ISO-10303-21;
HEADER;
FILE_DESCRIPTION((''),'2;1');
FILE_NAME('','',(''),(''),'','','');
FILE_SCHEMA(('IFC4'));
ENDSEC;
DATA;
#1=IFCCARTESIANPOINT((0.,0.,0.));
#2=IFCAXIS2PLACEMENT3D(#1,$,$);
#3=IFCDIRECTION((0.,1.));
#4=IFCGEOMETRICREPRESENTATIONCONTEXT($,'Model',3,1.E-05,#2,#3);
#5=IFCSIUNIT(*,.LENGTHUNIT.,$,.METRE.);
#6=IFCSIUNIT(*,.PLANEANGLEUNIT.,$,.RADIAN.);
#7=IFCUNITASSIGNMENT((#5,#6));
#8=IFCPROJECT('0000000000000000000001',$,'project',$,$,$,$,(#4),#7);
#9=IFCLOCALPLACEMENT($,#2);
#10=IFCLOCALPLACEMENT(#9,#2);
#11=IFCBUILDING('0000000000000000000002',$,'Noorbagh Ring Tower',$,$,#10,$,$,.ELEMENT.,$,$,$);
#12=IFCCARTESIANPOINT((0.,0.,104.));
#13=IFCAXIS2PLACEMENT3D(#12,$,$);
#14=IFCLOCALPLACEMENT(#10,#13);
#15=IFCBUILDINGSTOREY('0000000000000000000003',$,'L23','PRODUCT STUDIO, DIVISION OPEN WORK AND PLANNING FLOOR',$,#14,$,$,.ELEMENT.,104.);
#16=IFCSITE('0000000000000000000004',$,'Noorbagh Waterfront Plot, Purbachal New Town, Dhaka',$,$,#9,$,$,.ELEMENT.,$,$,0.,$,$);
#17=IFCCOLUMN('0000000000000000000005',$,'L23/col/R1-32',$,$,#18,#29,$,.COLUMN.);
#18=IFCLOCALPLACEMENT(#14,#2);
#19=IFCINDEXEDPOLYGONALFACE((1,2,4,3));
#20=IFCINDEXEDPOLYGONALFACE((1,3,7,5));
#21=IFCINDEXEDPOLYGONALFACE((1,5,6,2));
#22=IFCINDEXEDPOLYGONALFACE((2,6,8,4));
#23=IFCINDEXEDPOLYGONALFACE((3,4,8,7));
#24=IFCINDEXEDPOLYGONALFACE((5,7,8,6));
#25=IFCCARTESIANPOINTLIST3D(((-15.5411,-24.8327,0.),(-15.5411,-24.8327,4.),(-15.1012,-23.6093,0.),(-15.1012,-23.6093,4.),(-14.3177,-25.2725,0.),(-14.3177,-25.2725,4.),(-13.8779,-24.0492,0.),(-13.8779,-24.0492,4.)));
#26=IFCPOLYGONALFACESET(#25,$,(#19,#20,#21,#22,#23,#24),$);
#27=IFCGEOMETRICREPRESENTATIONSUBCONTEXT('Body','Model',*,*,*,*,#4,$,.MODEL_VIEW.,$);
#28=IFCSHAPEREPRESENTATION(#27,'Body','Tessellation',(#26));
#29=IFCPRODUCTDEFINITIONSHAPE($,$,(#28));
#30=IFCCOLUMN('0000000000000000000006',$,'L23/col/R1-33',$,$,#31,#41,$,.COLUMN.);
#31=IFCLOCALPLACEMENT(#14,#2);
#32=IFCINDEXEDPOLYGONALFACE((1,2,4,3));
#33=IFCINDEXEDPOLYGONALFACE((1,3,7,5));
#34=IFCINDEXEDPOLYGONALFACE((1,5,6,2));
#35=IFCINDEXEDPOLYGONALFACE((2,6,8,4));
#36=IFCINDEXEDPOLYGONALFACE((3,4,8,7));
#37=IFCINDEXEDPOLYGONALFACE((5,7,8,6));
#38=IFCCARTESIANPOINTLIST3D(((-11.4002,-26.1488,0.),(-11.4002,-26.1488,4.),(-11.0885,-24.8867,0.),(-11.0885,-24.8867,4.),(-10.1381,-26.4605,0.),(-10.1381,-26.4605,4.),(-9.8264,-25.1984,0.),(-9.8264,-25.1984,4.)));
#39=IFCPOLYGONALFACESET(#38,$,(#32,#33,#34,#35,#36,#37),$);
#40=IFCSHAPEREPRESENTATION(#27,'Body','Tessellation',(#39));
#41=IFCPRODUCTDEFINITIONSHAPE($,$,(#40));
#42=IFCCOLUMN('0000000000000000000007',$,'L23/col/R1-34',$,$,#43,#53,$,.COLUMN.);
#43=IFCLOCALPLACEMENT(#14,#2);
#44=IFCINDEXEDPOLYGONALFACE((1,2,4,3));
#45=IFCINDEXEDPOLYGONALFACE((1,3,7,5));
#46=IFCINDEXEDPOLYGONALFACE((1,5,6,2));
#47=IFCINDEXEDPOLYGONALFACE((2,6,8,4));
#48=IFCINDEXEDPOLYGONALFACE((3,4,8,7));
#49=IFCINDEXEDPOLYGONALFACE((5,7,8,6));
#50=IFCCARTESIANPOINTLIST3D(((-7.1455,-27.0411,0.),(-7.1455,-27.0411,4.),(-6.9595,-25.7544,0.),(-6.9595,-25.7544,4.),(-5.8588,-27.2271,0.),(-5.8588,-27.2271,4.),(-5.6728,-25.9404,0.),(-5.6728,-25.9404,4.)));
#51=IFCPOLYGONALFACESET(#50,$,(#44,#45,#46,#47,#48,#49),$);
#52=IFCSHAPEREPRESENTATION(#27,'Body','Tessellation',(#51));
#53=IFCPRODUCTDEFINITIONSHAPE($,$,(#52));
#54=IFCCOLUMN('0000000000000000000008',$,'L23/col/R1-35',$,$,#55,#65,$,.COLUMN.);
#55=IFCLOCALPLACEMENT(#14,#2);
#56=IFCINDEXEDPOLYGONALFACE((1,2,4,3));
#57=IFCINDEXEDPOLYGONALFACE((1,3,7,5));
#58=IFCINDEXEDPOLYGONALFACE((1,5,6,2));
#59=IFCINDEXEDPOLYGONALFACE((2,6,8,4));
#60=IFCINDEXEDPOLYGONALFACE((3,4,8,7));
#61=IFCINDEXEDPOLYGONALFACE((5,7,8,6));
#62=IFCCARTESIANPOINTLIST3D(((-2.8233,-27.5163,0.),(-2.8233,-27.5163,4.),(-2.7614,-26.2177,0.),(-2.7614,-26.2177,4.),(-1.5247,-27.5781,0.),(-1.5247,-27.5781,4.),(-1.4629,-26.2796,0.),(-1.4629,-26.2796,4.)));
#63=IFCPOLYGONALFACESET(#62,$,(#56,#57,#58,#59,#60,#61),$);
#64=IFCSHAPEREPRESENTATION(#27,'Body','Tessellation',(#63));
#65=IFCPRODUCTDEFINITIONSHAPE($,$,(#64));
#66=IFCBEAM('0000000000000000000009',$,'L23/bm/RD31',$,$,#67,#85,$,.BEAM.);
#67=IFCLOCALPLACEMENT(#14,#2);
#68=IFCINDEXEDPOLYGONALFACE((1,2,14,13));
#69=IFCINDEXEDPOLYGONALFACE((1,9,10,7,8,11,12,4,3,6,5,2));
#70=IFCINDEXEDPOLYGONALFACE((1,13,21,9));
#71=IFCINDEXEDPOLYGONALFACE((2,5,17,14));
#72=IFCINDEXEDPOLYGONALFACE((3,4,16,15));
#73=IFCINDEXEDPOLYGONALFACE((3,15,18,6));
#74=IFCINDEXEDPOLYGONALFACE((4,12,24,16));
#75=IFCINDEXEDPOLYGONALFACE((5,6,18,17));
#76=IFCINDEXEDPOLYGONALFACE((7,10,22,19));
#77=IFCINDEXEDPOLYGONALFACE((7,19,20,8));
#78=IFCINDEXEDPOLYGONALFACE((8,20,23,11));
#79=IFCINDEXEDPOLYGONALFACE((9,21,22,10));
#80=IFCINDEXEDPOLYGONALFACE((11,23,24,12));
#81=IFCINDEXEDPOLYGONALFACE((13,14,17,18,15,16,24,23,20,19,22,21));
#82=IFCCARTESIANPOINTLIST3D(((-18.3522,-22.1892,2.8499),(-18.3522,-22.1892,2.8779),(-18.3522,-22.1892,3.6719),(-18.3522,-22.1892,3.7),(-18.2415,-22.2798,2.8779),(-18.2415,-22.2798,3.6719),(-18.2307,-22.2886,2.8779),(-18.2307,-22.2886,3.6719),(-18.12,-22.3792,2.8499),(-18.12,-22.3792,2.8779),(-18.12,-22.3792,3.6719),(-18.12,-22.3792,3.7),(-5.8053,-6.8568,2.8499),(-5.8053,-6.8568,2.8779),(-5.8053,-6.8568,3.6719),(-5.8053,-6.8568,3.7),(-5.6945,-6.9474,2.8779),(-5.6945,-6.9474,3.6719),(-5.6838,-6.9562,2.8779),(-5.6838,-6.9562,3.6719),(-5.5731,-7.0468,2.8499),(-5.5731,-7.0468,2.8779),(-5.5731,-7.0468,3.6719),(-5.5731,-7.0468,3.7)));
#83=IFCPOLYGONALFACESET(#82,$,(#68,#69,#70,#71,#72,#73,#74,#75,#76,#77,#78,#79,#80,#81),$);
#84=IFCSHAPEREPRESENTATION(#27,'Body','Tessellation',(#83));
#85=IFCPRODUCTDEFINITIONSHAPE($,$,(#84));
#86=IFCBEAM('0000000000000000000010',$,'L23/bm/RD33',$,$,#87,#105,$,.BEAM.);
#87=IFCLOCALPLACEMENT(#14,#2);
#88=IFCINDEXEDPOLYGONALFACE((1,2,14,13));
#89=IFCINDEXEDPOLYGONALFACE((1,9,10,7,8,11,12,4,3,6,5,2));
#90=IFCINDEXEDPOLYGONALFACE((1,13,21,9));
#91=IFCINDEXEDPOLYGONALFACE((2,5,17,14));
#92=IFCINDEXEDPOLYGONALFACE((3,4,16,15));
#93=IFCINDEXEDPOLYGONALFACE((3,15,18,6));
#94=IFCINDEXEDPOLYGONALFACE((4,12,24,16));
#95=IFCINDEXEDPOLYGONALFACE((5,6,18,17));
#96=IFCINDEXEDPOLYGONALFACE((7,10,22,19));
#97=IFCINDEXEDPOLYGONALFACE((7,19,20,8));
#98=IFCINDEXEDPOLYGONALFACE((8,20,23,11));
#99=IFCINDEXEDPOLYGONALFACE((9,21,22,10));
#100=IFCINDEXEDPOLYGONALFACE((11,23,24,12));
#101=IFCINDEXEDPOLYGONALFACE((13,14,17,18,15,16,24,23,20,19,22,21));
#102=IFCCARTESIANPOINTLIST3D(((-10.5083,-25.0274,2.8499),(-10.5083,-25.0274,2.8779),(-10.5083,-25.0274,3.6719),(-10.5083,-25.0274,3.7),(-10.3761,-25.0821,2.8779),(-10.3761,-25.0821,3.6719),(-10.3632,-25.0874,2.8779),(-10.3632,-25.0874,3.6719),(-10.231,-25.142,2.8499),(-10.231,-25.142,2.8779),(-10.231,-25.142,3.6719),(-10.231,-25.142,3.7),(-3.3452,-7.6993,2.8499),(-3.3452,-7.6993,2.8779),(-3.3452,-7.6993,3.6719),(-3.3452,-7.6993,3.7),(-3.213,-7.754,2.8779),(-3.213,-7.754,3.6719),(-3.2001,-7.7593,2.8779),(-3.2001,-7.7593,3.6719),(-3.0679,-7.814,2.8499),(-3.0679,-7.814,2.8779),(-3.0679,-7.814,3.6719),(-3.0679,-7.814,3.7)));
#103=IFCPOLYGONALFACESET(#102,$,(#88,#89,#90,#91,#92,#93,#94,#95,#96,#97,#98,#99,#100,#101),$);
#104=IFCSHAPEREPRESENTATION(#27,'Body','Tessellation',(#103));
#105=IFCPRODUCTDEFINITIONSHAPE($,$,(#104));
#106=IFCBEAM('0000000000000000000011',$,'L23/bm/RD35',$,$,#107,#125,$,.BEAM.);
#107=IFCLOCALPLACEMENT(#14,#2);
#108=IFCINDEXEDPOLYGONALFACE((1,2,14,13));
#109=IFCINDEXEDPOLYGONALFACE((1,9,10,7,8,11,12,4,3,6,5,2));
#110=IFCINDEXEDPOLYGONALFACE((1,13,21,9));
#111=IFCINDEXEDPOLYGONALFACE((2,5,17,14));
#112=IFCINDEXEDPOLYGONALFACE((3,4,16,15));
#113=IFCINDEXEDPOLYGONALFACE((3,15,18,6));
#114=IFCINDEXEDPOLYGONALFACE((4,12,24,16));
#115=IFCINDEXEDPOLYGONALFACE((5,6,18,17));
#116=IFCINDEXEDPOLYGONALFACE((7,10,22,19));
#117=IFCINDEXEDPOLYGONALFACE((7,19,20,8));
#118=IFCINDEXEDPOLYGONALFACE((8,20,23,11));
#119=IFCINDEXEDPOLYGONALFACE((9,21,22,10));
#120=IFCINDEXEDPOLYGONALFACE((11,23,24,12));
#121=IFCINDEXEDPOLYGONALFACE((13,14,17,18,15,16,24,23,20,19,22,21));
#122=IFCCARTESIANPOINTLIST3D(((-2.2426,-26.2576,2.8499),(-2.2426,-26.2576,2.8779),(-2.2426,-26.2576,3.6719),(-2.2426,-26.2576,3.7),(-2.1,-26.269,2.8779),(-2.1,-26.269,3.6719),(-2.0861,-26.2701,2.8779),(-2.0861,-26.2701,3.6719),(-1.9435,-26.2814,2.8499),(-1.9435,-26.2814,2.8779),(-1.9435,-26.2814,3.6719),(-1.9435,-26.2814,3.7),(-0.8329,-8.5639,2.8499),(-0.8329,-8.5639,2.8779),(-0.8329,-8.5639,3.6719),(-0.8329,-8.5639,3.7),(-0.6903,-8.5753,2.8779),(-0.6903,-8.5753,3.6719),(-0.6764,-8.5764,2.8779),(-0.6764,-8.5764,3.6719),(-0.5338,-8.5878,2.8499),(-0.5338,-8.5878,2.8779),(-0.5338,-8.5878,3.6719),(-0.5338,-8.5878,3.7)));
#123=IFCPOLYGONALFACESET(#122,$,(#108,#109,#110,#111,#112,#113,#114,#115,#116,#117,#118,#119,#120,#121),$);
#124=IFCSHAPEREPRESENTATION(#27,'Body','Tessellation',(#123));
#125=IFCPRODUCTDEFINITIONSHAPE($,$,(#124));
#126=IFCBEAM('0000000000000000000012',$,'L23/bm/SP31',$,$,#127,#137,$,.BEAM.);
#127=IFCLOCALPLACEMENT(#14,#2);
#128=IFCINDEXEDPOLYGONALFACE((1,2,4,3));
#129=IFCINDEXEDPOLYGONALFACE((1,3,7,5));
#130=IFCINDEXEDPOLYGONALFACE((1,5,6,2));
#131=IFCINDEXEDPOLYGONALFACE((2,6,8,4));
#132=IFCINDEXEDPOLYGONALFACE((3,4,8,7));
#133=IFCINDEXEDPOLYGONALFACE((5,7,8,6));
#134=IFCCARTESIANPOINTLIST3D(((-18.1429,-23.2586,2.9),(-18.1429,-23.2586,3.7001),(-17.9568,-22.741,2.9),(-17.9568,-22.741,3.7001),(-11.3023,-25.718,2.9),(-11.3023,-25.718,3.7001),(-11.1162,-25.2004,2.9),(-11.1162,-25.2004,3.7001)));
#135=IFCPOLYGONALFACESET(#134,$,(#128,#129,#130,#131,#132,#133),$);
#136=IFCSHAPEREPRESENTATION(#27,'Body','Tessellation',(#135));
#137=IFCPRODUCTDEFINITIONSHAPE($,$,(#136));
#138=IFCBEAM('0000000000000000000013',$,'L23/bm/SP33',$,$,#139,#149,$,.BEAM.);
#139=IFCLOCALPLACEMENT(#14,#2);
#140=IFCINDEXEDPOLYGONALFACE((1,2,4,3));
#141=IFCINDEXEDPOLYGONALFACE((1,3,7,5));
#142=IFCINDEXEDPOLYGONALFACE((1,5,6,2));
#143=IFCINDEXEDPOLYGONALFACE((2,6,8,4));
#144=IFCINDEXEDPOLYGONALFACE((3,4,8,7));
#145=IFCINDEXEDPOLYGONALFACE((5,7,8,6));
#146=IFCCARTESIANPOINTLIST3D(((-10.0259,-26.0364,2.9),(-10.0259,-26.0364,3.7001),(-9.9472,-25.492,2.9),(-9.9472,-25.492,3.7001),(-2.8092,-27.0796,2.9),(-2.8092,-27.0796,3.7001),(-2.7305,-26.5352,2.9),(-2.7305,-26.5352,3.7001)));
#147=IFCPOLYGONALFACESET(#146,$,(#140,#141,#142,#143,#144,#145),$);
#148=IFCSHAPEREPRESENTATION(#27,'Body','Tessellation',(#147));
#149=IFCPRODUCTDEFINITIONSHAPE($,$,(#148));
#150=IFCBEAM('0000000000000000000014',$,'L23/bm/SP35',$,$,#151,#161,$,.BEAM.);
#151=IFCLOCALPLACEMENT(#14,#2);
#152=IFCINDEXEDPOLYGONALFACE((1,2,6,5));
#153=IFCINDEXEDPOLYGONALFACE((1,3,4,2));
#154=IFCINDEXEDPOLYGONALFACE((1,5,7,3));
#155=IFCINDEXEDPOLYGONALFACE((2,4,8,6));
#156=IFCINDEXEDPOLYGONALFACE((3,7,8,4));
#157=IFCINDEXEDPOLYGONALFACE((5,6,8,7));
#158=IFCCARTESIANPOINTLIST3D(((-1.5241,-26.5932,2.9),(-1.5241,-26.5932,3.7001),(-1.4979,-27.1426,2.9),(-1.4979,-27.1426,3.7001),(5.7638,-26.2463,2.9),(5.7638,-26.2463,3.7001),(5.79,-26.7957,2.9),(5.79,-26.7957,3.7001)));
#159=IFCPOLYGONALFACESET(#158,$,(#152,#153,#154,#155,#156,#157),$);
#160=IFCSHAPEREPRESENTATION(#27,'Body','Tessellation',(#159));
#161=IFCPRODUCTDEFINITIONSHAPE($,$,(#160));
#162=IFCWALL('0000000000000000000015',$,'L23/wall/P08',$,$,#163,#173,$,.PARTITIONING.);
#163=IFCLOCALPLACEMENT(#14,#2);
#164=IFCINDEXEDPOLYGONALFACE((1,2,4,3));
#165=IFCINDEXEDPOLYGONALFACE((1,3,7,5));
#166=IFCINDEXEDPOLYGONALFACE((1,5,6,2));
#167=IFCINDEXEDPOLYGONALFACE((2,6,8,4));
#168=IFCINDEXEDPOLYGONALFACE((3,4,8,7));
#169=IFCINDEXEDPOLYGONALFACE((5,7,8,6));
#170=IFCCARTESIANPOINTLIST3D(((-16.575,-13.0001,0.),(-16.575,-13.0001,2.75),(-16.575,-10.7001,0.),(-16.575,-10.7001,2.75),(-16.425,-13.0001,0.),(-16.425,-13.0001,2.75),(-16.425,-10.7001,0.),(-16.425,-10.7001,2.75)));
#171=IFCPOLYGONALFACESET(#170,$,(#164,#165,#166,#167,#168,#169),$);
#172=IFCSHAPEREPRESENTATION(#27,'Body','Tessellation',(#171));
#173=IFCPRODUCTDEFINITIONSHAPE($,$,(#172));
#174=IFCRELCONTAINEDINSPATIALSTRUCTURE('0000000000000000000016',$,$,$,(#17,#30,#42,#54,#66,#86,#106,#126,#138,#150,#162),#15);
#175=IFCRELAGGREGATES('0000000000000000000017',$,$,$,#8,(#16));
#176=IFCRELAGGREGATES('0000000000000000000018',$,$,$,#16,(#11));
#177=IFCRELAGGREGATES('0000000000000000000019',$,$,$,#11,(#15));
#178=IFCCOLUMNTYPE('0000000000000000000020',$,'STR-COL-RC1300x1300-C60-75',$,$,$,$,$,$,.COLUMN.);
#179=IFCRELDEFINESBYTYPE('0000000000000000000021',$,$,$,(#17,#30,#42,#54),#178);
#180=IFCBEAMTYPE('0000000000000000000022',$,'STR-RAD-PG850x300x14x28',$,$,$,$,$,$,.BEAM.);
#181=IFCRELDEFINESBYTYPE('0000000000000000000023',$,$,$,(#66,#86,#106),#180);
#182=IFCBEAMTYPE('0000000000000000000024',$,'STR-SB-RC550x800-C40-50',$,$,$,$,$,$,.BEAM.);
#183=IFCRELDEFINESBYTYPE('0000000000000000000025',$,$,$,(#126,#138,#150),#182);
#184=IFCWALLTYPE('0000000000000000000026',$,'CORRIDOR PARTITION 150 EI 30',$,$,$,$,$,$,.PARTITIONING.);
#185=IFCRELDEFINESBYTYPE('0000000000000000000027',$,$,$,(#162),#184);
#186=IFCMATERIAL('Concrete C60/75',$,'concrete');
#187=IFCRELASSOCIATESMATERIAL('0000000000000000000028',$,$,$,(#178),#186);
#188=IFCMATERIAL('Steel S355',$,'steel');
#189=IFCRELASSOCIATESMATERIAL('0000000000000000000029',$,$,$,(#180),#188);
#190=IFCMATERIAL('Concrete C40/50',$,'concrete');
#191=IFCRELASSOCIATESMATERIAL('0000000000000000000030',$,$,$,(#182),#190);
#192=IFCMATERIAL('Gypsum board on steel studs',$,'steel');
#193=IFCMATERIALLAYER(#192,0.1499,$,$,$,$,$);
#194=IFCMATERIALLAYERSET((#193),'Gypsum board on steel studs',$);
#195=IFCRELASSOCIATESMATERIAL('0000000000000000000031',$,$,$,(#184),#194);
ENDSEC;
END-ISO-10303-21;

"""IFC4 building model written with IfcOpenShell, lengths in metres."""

from ifc_helpers import new_model, si_unit, direction, frame, frame_2d, origin, origin_2d, place, context, subcontext, project, spatial, rectangle, i_section, extrude, material, layer, layer_set, material_profile, profile_set, type_object, element, save


model = new_model("IFC4")

# Units and contexts
model_context = context("Model", 3, precision=1e-05, world=origin(), true_north=direction((0.0, 1.0)))
body_context = subcontext(model_context, "Body", "Model", "MODEL_VIEW")
ifc_project = project(units=[si_unit("LENGTHUNIT", "METRE"), si_unit("PLANEANGLEUNIT", "RADIAN")], contexts=[model_context])

# Site, building, storey
site_placement = place(None, origin())
site = spatial("IfcSite", under=ifc_project, at=site_placement, Name="Noorbagh Waterfront Plot, Purbachal New Town, Dhaka", CompositionType="ELEMENT", RefElevation=0.0)
building_placement = place(site_placement, origin())
building = spatial("IfcBuilding", under=site, at=building_placement, Name="Noorbagh Ring Tower", CompositionType="ELEMENT")
storey_placement = place(building_placement, frame((0.0, 0.0, 104.0)))
storey = spatial("IfcBuildingStorey", under=building, at=storey_placement, Name="L23", Description="PRODUCT STUDIO, DIVISION OPEN WORK AND PLANNING FLOOR", CompositionType="ELEMENT", Elevation=104.0)

# Columns
ifc_material_1 = material(Name="Concrete C60/75", Category="concrete")
ifc_material_profile_1 = material_profile(ifc_material_1, rectangle(XDim=1.3, YDim=1.3, at=origin_2d()), Name="RC1300x1300")
ifc_profile_set_1 = profile_set([ifc_material_profile_1], Name="Concrete C60/75")
column_type = type_object("IfcColumnType", Name="STR-COL-RC1300x1300-C60-75", PredefinedType="COLUMN", material=ifc_profile_set_1)
for number, where, z_axis, x_axis, name in (
    (1, (-14.7095, -24.4409, 0.0), (0.0, 0.0, 1.0), (0.941025, -0.338338, 0.0), "L23/col/R1-32"),
    (2, (-10.6133, -25.6736, 0.0), (0.0, 0.0, 1.0), (0.970829, -0.239771, 0.0), "L23/col/R1-33"),
    (3, (-6.4092, -26.4907, 0.0), (0.0, 0.0, 1.0), (0.989713, -0.143066, 0.0), "L23/col/R1-34"),
    (4, (-2.1431, -26.8979, 0.0), (0.0, 0.0, 1.0), (0.998869, -0.047553, 0.0), "L23/col/R1-35"),
):
    element("IfcColumn", number, at=place(storey_placement, frame(where, z_axis=z_axis, x_axis=x_axis)), inside=storey, type_object=column_type, Name=name, PredefinedType="COLUMN", context=body_context, shape_type="SweptSolid", body=[
        extrude(rectangle(XDim=1.3, YDim=1.3, at=origin_2d()), origin(), (0.0, 0.0, 1.0), 4.0),
    ])

# Beams
ifc_material_2 = material(Name="Steel S355", Category="steel")
ifc_material_profile_2 = material_profile(ifc_material_2, i_section(OverallWidth=0.3, OverallDepth=0.8501, WebThickness=0.0139, FlangeThickness=0.0281, at=origin_2d()), Name="PG850x300x14x28")
ifc_profile_set_2 = profile_set([ifc_material_profile_2], Name="Steel S355")
beam_type_1 = type_object("IfcBeamType", Name="STR-RAD-PG850x300x14x28", PredefinedType="BEAM", material=ifc_profile_set_2)
beam_1_placement = place(storey_placement, frame((-18.2361, -22.2842, 3.2749), z_axis=(0.633307, 0.773901, 0.0), x_axis=(-0.773901, 0.633307, 0.0)))
element("IfcBeam", 5, at=beam_1_placement, inside=storey, type_object=beam_type_1, Name="L23/bm/RD31", PredefinedType="BEAM", context=body_context, shape_type="SweptSolid", body=[
    extrude(i_section(OverallWidth=0.3, OverallDepth=0.8501, WebThickness=0.0139, FlangeThickness=0.0281, at=origin_2d()), origin(), (0.0, 0.0, 1.0), 19.8118),
])
beam_2_placement = place(storey_placement, frame((-10.3696, -25.0847, 3.2749), z_axis=(0.382025, 0.924152, 0.0), x_axis=(-0.924152, 0.382025, 0.0)))
element("IfcBeam", 6, at=beam_2_placement, inside=storey, type_object=beam_type_1, Name="L23/bm/RD33", PredefinedType="BEAM", context=body_context, shape_type="SweptSolid", body=[
    extrude(i_section(OverallWidth=0.3, OverallDepth=0.8501, WebThickness=0.0139, FlangeThickness=0.0281, at=origin_2d()), origin(), (0.0, 0.0, 1.0), 18.7502),
])
beam_3_placement = place(storey_placement, frame((-2.093, -26.2695, 3.2749), z_axis=(0.079419, 0.996841, 0.0), x_axis=(-0.996841, 0.079419, 0.0)))
element("IfcBeam", 7, at=beam_3_placement, inside=storey, type_object=beam_type_1, Name="L23/bm/RD35", PredefinedType="BEAM", context=body_context, shape_type="SweptSolid", body=[
    extrude(i_section(OverallWidth=0.3, OverallDepth=0.8501, WebThickness=0.0139, FlangeThickness=0.0281, at=origin_2d()), origin(), (0.0, 0.0, 1.0), 17.7498),
])
ifc_material_3 = material(Name="Concrete C40/50", Category="concrete")
ifc_material_profile_3 = material_profile(ifc_material_3, rectangle(XDim=0.55, YDim=0.8, at=origin_2d()), Name="RC550x800")
ifc_profile_set_3 = profile_set([ifc_material_profile_3], Name="Concrete C40/50")
beam_type_2 = type_object("IfcBeamType", Name="STR-SB-RC550x800-C40-50", PredefinedType="BEAM", material=ifc_profile_set_3)
beam_4_placement = place(storey_placement, frame((-18.0498, -22.9998, 3.3), z_axis=(0.941025, -0.338338, 0.0), x_axis=(0.338338, 0.941025, 0.0)))
element("IfcBeam", 8, at=beam_4_placement, inside=storey, type_object=beam_type_2, Name="L23/bm/SP31", PredefinedType="BEAM", context=body_context, shape_type="SweptSolid", body=[
    extrude(rectangle(XDim=0.55, YDim=0.8, at=origin_2d()), origin(), (0.0, 0.0, 1.0), 7.2693),
])
beam_5_placement = place(storey_placement, frame((-9.9866, -25.7642, 3.3), z_axis=(0.989713, -0.143066, 0.0), x_axis=(0.143066, 0.989713, 0.0)))
element("IfcBeam", 9, at=beam_5_placement, inside=storey, type_object=beam_type_2, Name="L23/bm/SP33", PredefinedType="BEAM", context=body_context, shape_type="SweptSolid", body=[
    extrude(rectangle(XDim=0.55, YDim=0.8, at=origin_2d()), origin(), (0.0, 0.0, 1.0), 7.2917),
])
beam_6_placement = place(storey_placement, frame((-1.511, -26.8679, 3.3), z_axis=(0.998869, 0.047549, 0.0), x_axis=(-0.047549, 0.998869, 0.0)))
element("IfcBeam", 10, at=beam_6_placement, inside=storey, type_object=beam_type_2, Name="L23/bm/SP35", PredefinedType="BEAM", context=body_context, shape_type="SweptSolid", body=[
    extrude(rectangle(XDim=0.55, YDim=0.8, at=origin_2d()), origin(), (0.0, 0.0, 1.0), 7.2961),
])

# Wall
ifc_material_4 = material(Name="Gypsum board on steel studs", Category="steel")
ifc_layer = layer(ifc_material_4, 0.1499)
ifc_layer_set = layer_set([ifc_layer], Name="Gypsum board on steel studs")
wall_type = type_object("IfcWallType", Name="CORRIDOR PARTITION 150 EI 30", PredefinedType="PARTITIONING", material=ifc_layer_set)
wall_1_placement = place(storey_placement, frame((-16.5, -13.0, 0.0), z_axis=(0.0, 0.0, 1.0), x_axis=(0.0, 1.0, 0.0)))
element("IfcWall", 11, at=wall_1_placement, inside=storey, type_object=wall_type, Name="L23/wall/P08", PredefinedType="PARTITIONING", context=body_context, shape_type="SweptSolid", body=[
    extrude(rectangle(XDim=2.3, YDim=0.1499, at=frame_2d((1.1499, 0.0))), origin(), (0.0, 0.0, 1.0), 2.75),
])

save(model, "model.ifc")
